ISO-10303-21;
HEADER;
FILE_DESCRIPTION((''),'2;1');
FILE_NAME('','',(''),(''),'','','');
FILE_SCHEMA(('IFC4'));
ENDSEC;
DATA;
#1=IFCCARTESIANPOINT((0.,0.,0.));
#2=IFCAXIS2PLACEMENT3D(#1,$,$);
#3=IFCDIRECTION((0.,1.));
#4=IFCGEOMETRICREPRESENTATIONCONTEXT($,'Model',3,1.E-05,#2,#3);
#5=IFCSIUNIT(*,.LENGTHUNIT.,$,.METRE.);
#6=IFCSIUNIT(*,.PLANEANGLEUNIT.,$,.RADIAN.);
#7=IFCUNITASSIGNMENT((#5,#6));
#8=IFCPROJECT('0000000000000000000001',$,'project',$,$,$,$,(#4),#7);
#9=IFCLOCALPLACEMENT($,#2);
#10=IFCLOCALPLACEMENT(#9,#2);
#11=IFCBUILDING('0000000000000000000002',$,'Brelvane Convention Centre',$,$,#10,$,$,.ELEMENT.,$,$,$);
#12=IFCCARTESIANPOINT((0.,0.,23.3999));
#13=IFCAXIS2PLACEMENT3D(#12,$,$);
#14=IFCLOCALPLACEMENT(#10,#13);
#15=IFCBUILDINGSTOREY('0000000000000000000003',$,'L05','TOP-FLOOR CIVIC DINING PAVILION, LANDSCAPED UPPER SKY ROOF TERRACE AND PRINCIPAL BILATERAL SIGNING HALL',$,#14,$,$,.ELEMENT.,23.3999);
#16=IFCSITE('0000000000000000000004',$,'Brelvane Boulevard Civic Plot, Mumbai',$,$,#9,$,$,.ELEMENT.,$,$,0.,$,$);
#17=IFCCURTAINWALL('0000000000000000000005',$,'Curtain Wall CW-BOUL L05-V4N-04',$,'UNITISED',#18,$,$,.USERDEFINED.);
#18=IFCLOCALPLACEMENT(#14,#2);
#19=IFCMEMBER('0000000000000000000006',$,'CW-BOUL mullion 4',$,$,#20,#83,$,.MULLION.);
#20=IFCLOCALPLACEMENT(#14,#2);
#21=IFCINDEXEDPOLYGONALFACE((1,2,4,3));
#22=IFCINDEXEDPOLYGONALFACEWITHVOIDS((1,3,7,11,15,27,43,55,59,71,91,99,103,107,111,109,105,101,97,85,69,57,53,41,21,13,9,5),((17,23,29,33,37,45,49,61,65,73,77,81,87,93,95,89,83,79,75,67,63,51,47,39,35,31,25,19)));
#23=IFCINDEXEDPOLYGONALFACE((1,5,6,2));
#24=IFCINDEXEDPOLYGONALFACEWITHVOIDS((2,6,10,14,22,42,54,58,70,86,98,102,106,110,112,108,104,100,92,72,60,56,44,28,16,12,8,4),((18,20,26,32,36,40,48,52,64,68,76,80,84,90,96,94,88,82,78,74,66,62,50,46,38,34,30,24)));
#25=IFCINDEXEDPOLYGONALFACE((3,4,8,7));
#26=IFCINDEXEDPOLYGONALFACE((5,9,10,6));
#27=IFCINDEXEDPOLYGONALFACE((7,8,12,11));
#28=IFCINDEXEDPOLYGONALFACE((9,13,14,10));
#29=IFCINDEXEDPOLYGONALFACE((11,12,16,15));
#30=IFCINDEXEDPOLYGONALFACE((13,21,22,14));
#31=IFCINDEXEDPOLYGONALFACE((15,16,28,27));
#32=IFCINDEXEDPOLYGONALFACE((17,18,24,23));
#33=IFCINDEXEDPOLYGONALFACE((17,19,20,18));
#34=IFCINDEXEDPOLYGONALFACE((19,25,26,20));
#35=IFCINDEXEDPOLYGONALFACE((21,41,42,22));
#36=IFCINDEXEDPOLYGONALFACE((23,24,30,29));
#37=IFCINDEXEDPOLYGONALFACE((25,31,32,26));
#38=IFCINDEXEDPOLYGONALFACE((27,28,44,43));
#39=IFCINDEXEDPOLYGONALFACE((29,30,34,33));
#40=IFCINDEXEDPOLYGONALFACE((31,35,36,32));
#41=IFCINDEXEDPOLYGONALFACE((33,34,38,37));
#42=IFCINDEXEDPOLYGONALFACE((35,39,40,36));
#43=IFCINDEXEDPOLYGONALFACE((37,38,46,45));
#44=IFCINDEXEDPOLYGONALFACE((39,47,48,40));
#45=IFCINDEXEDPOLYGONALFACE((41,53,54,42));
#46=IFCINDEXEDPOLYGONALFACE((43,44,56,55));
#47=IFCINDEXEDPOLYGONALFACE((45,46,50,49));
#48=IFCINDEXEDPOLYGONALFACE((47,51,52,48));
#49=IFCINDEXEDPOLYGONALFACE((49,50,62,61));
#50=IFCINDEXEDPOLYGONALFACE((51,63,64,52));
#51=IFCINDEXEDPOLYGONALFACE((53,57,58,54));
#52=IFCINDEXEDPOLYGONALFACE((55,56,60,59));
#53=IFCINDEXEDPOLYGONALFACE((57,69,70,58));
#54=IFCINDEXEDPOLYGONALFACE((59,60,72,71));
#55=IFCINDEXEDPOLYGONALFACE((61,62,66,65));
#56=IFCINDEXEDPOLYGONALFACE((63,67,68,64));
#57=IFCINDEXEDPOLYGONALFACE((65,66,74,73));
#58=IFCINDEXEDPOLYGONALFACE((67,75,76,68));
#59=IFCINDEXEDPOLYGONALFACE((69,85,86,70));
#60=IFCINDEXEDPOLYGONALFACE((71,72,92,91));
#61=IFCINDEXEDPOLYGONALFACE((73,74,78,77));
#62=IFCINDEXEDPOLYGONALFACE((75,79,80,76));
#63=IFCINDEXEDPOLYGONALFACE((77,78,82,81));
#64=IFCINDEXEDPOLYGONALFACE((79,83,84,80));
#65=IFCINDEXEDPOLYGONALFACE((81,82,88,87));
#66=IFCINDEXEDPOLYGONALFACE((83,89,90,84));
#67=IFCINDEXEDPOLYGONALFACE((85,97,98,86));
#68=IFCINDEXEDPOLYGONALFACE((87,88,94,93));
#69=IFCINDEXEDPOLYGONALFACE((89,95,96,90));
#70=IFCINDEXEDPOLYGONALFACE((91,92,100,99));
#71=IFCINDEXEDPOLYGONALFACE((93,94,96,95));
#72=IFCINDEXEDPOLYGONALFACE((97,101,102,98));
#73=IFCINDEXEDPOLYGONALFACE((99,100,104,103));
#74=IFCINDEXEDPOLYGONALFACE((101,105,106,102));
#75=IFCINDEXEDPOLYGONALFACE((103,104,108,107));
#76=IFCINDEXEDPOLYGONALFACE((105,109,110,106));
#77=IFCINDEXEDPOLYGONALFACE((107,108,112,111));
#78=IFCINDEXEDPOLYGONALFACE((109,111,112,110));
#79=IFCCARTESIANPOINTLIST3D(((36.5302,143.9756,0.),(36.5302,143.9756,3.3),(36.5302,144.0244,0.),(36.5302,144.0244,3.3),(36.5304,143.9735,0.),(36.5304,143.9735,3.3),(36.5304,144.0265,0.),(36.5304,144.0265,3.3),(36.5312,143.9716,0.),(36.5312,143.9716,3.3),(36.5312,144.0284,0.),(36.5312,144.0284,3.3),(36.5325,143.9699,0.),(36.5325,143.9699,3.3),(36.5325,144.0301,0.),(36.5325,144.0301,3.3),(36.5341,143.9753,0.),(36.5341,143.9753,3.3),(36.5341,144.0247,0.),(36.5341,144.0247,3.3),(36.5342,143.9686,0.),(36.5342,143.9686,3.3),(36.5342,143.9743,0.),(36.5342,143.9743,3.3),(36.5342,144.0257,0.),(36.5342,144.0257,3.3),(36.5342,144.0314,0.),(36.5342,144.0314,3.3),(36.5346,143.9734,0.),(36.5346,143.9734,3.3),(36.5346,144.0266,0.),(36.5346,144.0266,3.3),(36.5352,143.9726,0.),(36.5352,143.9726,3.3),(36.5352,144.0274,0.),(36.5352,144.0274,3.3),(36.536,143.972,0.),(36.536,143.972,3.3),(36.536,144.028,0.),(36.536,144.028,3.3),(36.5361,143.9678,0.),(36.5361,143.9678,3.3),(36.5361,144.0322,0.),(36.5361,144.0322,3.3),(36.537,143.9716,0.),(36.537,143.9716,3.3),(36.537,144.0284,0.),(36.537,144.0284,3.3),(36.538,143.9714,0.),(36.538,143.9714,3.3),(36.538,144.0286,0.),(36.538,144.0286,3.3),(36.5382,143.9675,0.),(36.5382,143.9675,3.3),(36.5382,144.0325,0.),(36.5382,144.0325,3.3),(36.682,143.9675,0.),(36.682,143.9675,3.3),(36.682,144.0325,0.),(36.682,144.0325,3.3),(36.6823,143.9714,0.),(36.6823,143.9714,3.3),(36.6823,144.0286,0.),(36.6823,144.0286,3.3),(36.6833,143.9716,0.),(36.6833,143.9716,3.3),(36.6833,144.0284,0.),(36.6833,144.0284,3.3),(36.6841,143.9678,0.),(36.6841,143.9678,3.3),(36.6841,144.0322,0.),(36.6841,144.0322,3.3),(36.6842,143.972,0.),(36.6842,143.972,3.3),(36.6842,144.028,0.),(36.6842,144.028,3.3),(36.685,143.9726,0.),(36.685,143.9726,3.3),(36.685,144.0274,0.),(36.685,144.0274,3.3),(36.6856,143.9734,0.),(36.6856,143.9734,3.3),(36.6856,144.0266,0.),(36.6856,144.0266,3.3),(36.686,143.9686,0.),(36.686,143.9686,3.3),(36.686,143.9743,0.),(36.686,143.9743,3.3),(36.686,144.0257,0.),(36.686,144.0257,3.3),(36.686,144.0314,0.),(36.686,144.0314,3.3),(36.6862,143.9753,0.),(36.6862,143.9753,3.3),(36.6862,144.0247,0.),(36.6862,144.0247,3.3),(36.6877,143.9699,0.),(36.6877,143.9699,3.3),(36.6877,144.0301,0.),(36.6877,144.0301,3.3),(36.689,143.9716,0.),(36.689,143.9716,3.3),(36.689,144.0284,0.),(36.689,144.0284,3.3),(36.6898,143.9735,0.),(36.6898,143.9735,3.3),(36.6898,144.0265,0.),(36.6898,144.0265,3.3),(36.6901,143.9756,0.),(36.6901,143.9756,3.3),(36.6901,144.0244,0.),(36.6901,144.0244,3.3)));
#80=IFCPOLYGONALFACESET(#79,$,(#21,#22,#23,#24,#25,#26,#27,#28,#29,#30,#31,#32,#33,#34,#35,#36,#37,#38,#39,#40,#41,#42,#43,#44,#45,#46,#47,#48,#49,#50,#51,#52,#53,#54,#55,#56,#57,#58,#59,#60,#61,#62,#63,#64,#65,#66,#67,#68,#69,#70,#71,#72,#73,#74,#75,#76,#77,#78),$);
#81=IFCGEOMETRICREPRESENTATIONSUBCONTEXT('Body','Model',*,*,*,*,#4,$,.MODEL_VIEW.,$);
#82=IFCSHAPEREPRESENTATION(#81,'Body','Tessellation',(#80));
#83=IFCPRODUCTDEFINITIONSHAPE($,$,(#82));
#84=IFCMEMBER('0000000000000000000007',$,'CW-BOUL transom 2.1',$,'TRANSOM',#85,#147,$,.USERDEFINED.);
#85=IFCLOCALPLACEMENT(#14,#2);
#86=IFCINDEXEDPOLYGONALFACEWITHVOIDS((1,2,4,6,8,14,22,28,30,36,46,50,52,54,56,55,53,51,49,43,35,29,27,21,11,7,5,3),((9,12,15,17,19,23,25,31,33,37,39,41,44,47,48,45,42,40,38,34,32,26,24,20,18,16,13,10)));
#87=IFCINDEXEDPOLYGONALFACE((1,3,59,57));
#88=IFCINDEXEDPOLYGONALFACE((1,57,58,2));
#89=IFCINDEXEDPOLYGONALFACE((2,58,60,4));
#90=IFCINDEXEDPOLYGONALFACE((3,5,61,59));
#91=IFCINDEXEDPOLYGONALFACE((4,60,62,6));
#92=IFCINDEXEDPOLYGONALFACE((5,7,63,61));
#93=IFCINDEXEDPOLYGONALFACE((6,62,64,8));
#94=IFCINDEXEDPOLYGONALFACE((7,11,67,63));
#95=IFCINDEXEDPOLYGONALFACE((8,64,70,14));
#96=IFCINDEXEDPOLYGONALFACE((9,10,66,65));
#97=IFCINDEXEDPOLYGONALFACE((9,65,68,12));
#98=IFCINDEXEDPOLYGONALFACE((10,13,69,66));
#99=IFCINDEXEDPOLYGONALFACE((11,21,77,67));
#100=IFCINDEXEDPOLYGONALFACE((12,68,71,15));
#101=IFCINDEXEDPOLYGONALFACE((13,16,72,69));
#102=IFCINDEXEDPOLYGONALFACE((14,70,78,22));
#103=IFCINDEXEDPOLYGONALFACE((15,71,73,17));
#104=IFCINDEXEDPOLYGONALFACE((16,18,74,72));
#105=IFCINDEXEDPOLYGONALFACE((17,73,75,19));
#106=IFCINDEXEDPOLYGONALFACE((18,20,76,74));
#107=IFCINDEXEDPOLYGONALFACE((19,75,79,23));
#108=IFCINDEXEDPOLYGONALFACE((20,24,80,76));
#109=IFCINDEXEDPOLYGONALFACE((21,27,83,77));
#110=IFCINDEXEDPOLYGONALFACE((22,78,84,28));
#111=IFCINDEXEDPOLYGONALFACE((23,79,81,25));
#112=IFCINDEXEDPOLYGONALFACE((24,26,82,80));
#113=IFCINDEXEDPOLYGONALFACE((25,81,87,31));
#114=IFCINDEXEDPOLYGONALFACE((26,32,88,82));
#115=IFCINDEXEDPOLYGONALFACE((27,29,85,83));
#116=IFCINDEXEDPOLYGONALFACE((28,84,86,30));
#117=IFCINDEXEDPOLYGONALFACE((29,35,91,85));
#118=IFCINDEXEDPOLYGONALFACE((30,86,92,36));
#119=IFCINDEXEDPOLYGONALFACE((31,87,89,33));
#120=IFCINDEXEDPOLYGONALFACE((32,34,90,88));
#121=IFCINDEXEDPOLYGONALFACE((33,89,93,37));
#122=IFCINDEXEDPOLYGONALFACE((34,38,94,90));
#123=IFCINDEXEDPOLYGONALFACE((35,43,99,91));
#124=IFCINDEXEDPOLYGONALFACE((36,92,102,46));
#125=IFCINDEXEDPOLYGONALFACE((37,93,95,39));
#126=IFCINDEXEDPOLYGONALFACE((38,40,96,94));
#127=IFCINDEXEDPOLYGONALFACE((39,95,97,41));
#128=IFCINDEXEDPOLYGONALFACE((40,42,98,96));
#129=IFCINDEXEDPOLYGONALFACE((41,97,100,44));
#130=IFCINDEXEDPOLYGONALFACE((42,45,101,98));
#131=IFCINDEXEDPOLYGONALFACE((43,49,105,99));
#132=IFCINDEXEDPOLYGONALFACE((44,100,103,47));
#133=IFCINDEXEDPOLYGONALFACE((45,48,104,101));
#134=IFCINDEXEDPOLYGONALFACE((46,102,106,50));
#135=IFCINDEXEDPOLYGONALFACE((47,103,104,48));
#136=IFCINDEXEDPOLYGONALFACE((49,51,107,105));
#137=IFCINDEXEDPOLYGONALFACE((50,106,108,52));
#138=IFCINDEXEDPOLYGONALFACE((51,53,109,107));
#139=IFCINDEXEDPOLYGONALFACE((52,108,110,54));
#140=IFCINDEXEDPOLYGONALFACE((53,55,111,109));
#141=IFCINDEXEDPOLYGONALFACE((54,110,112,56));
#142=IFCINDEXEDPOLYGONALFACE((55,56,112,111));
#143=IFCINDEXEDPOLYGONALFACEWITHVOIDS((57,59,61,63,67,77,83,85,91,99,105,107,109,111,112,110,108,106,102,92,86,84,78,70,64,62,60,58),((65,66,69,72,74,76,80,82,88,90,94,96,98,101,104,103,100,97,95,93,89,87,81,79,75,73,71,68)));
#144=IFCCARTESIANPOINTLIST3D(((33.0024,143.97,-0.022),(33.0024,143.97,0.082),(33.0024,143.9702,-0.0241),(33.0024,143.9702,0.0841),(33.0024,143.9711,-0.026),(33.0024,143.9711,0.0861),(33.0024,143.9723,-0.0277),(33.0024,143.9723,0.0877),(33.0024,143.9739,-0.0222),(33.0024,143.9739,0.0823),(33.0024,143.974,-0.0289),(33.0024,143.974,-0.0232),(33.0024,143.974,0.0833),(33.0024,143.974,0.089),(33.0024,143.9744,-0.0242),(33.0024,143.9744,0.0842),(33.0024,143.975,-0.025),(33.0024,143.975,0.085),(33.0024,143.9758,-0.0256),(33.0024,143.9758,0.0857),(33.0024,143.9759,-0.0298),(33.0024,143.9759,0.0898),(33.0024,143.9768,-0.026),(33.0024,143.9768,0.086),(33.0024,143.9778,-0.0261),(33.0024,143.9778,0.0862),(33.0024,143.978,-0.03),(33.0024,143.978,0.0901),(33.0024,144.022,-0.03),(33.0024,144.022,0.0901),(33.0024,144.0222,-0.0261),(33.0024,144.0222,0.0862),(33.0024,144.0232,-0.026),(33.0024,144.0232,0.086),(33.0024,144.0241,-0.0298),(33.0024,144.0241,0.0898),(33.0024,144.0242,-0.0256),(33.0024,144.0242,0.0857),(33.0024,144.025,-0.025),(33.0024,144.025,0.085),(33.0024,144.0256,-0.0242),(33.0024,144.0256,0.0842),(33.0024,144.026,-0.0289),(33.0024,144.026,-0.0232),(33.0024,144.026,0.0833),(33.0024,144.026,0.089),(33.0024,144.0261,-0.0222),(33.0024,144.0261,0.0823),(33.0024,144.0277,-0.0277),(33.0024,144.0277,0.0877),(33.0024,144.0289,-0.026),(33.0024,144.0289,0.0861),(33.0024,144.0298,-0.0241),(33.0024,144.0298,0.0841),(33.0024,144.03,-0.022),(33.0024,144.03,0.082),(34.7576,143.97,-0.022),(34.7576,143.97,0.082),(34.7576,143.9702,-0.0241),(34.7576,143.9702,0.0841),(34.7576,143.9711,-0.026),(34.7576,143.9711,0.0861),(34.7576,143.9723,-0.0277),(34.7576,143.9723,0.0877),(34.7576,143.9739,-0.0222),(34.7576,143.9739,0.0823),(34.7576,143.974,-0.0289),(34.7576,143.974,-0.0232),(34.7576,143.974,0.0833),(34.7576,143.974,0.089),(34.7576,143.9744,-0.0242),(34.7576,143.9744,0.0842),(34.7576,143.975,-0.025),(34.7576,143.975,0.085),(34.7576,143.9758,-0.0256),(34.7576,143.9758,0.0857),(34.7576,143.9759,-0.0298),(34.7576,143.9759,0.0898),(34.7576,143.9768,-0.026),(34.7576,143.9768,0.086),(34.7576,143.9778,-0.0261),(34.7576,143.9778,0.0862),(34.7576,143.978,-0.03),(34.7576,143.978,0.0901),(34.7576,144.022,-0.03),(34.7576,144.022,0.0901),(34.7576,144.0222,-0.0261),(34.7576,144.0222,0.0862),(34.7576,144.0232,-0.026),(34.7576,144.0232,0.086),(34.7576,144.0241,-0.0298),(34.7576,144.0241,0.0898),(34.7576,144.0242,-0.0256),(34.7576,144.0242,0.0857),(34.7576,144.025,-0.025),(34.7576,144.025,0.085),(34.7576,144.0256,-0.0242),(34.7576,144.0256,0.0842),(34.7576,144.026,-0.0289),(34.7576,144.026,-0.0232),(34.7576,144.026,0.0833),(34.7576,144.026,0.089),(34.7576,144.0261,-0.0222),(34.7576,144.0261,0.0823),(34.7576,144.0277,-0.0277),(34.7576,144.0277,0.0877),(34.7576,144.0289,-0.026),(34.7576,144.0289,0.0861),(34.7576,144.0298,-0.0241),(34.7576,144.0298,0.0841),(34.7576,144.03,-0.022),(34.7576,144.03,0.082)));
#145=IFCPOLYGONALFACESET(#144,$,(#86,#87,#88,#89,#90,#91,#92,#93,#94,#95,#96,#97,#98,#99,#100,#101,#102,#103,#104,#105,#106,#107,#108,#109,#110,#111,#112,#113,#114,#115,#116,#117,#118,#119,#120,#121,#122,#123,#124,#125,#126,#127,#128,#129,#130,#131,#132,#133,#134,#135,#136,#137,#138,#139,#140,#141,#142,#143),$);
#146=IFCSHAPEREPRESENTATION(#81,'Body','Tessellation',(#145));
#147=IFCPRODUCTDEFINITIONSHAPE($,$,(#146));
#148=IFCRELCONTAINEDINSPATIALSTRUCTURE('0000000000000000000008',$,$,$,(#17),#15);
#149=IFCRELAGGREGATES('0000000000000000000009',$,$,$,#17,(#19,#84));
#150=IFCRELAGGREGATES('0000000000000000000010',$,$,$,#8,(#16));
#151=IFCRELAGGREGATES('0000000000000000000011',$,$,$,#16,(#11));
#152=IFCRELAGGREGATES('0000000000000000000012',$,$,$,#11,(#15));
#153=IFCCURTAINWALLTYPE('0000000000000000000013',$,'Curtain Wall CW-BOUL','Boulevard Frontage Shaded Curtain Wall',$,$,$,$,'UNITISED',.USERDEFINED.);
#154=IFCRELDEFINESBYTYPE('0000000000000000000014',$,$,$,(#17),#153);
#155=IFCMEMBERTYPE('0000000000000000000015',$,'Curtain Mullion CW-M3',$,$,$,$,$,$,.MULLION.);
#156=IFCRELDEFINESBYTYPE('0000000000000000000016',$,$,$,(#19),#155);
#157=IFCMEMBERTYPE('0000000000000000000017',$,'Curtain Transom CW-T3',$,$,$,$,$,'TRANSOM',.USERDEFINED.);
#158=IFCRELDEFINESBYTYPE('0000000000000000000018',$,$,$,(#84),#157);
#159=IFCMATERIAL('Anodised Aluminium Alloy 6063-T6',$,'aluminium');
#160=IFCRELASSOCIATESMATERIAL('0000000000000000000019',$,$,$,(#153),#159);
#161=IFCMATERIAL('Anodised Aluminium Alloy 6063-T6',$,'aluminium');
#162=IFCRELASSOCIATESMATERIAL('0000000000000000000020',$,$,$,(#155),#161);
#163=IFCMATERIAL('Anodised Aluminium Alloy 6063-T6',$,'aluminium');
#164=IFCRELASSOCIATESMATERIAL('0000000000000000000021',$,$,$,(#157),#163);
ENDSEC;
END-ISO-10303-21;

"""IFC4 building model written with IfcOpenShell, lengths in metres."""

from ifc_helpers import new_model, si_unit, direction, frame, origin, origin_2d, place, context, subcontext, project, spatial, hollow_rectangle, extrude, material, material_profile, profile_set, type_object, element, aggregate, save


model = new_model("IFC4")

# Units and contexts
model_context = context("Model", 3, precision=1e-05, world=origin(), true_north=direction((0.0, 1.0)))
body_context = subcontext(model_context, "Body", "Model", "MODEL_VIEW")
ifc_project = project(units=[si_unit("LENGTHUNIT", "METRE"), si_unit("PLANEANGLEUNIT", "RADIAN")], contexts=[model_context])

# Site, building, storey
site_placement = place(None, origin())
site = spatial("IfcSite", under=ifc_project, at=site_placement, Name="Brelvane Boulevard Civic Plot, Mumbai", CompositionType="ELEMENT", RefElevation=0.0)
building_placement = place(site_placement, origin())
building = spatial("IfcBuilding", under=site, at=building_placement, Name="Brelvane Convention Centre", CompositionType="ELEMENT")
storey_placement = place(building_placement, frame((0.0, 0.0, 23.3999)))
storey = spatial("IfcBuildingStorey", under=building, at=storey_placement, Name="L05", Description="TOP-FLOOR CIVIC DINING PAVILION, LANDSCAPED UPPER SKY ROOF TERRACE AND PRINCIPAL BILATERAL SIGNING HALL", CompositionType="ELEMENT", Elevation=23.3999)

# Curtain wall, members
ifc_material_1 = material(Name="Anodised Aluminium Alloy 6063-T6", Category="aluminium")
curtain_wall_type = type_object("IfcCurtainWallType", Name="Curtain Wall CW-BOUL", Description="Boulevard Frontage Shaded Curtain Wall", ElementType="UNITISED", PredefinedType="USERDEFINED", material=ifc_material_1)
curtain_wall_placement = place(storey_placement, origin())
curtain_wall = element("IfcCurtainWall", 1, at=curtain_wall_placement, inside=storey, type_object=curtain_wall_type, Name="Curtain Wall CW-BOUL L05-V4N-04", ObjectType="UNITISED", PredefinedType="USERDEFINED")
ifc_material_2 = material(Name="Anodised Aluminium Alloy 6063-T6", Category="aluminium")
ifc_material_profile_1 = material_profile(ifc_material_2, hollow_rectangle(XDim=0.0649, YDim=0.1599, WallThickness=0.0039, InnerFilletRadius=0.0039, OuterFilletRadius=0.0081, at=origin_2d()), Name="ALU-M 160x65x4.0")
ifc_profile_set_1 = profile_set([ifc_material_profile_1], Name="Anodised Aluminium Alloy 6063-T6")
member_type_1 = type_object("IfcMemberType", Name="Curtain Mullion CW-M3", PredefinedType="MULLION", material=ifc_profile_set_1)
member_1_placement = place(storey_placement, frame((36.6101, 144.0, 0.0), z_axis=(0.0, 0.0, 1.0), x_axis=(0.0, 1.0, 0.0)))
member_1 = element("IfcMember", 2, at=member_1_placement, type_object=member_type_1, Name="CW-BOUL mullion 4", PredefinedType="MULLION", context=body_context, shape_type="SweptSolid", body=[
    extrude(hollow_rectangle(XDim=0.0649, YDim=0.1599, WallThickness=0.0039, InnerFilletRadius=0.0039, OuterFilletRadius=0.0081, at=origin_2d()), origin(), (0.0, 0.0, 1.0), 3.3),
])
ifc_material_3 = material(Name="Anodised Aluminium Alloy 6063-T6", Category="aluminium")
ifc_material_profile_2 = material_profile(ifc_material_3, hollow_rectangle(XDim=0.0601, YDim=0.1201, WallThickness=0.0039, InnerFilletRadius=0.0039, OuterFilletRadius=0.0081, at=origin_2d()), Name="ALU-T 120x60x4.0")
ifc_profile_set_2 = profile_set([ifc_material_profile_2], Name="Anodised Aluminium Alloy 6063-T6")
member_type_2 = type_object("IfcMemberType", Name="Curtain Transom CW-T3", ElementType="TRANSOM", PredefinedType="USERDEFINED", material=ifc_profile_set_2)
member_2_placement = place(storey_placement, frame((33.0024, 144.0, 0.03), z_axis=(1.0, 0.0, 0.0), x_axis=(0.0, 1.0, 0.0)))
member_2 = element("IfcMember", 3, at=member_2_placement, type_object=member_type_2, Name="CW-BOUL transom 2.1", ObjectType="TRANSOM", PredefinedType="USERDEFINED", context=body_context, shape_type="SweptSolid", body=[
    extrude(hollow_rectangle(XDim=0.0601, YDim=0.1201, WallThickness=0.0039, InnerFilletRadius=0.0039, OuterFilletRadius=0.0081, at=origin_2d()), origin(), (0.0, 0.0, 1.0), 1.7551),
])
aggregate(curtain_wall, [member_1, member_2])

save(model, "model.ifc")
